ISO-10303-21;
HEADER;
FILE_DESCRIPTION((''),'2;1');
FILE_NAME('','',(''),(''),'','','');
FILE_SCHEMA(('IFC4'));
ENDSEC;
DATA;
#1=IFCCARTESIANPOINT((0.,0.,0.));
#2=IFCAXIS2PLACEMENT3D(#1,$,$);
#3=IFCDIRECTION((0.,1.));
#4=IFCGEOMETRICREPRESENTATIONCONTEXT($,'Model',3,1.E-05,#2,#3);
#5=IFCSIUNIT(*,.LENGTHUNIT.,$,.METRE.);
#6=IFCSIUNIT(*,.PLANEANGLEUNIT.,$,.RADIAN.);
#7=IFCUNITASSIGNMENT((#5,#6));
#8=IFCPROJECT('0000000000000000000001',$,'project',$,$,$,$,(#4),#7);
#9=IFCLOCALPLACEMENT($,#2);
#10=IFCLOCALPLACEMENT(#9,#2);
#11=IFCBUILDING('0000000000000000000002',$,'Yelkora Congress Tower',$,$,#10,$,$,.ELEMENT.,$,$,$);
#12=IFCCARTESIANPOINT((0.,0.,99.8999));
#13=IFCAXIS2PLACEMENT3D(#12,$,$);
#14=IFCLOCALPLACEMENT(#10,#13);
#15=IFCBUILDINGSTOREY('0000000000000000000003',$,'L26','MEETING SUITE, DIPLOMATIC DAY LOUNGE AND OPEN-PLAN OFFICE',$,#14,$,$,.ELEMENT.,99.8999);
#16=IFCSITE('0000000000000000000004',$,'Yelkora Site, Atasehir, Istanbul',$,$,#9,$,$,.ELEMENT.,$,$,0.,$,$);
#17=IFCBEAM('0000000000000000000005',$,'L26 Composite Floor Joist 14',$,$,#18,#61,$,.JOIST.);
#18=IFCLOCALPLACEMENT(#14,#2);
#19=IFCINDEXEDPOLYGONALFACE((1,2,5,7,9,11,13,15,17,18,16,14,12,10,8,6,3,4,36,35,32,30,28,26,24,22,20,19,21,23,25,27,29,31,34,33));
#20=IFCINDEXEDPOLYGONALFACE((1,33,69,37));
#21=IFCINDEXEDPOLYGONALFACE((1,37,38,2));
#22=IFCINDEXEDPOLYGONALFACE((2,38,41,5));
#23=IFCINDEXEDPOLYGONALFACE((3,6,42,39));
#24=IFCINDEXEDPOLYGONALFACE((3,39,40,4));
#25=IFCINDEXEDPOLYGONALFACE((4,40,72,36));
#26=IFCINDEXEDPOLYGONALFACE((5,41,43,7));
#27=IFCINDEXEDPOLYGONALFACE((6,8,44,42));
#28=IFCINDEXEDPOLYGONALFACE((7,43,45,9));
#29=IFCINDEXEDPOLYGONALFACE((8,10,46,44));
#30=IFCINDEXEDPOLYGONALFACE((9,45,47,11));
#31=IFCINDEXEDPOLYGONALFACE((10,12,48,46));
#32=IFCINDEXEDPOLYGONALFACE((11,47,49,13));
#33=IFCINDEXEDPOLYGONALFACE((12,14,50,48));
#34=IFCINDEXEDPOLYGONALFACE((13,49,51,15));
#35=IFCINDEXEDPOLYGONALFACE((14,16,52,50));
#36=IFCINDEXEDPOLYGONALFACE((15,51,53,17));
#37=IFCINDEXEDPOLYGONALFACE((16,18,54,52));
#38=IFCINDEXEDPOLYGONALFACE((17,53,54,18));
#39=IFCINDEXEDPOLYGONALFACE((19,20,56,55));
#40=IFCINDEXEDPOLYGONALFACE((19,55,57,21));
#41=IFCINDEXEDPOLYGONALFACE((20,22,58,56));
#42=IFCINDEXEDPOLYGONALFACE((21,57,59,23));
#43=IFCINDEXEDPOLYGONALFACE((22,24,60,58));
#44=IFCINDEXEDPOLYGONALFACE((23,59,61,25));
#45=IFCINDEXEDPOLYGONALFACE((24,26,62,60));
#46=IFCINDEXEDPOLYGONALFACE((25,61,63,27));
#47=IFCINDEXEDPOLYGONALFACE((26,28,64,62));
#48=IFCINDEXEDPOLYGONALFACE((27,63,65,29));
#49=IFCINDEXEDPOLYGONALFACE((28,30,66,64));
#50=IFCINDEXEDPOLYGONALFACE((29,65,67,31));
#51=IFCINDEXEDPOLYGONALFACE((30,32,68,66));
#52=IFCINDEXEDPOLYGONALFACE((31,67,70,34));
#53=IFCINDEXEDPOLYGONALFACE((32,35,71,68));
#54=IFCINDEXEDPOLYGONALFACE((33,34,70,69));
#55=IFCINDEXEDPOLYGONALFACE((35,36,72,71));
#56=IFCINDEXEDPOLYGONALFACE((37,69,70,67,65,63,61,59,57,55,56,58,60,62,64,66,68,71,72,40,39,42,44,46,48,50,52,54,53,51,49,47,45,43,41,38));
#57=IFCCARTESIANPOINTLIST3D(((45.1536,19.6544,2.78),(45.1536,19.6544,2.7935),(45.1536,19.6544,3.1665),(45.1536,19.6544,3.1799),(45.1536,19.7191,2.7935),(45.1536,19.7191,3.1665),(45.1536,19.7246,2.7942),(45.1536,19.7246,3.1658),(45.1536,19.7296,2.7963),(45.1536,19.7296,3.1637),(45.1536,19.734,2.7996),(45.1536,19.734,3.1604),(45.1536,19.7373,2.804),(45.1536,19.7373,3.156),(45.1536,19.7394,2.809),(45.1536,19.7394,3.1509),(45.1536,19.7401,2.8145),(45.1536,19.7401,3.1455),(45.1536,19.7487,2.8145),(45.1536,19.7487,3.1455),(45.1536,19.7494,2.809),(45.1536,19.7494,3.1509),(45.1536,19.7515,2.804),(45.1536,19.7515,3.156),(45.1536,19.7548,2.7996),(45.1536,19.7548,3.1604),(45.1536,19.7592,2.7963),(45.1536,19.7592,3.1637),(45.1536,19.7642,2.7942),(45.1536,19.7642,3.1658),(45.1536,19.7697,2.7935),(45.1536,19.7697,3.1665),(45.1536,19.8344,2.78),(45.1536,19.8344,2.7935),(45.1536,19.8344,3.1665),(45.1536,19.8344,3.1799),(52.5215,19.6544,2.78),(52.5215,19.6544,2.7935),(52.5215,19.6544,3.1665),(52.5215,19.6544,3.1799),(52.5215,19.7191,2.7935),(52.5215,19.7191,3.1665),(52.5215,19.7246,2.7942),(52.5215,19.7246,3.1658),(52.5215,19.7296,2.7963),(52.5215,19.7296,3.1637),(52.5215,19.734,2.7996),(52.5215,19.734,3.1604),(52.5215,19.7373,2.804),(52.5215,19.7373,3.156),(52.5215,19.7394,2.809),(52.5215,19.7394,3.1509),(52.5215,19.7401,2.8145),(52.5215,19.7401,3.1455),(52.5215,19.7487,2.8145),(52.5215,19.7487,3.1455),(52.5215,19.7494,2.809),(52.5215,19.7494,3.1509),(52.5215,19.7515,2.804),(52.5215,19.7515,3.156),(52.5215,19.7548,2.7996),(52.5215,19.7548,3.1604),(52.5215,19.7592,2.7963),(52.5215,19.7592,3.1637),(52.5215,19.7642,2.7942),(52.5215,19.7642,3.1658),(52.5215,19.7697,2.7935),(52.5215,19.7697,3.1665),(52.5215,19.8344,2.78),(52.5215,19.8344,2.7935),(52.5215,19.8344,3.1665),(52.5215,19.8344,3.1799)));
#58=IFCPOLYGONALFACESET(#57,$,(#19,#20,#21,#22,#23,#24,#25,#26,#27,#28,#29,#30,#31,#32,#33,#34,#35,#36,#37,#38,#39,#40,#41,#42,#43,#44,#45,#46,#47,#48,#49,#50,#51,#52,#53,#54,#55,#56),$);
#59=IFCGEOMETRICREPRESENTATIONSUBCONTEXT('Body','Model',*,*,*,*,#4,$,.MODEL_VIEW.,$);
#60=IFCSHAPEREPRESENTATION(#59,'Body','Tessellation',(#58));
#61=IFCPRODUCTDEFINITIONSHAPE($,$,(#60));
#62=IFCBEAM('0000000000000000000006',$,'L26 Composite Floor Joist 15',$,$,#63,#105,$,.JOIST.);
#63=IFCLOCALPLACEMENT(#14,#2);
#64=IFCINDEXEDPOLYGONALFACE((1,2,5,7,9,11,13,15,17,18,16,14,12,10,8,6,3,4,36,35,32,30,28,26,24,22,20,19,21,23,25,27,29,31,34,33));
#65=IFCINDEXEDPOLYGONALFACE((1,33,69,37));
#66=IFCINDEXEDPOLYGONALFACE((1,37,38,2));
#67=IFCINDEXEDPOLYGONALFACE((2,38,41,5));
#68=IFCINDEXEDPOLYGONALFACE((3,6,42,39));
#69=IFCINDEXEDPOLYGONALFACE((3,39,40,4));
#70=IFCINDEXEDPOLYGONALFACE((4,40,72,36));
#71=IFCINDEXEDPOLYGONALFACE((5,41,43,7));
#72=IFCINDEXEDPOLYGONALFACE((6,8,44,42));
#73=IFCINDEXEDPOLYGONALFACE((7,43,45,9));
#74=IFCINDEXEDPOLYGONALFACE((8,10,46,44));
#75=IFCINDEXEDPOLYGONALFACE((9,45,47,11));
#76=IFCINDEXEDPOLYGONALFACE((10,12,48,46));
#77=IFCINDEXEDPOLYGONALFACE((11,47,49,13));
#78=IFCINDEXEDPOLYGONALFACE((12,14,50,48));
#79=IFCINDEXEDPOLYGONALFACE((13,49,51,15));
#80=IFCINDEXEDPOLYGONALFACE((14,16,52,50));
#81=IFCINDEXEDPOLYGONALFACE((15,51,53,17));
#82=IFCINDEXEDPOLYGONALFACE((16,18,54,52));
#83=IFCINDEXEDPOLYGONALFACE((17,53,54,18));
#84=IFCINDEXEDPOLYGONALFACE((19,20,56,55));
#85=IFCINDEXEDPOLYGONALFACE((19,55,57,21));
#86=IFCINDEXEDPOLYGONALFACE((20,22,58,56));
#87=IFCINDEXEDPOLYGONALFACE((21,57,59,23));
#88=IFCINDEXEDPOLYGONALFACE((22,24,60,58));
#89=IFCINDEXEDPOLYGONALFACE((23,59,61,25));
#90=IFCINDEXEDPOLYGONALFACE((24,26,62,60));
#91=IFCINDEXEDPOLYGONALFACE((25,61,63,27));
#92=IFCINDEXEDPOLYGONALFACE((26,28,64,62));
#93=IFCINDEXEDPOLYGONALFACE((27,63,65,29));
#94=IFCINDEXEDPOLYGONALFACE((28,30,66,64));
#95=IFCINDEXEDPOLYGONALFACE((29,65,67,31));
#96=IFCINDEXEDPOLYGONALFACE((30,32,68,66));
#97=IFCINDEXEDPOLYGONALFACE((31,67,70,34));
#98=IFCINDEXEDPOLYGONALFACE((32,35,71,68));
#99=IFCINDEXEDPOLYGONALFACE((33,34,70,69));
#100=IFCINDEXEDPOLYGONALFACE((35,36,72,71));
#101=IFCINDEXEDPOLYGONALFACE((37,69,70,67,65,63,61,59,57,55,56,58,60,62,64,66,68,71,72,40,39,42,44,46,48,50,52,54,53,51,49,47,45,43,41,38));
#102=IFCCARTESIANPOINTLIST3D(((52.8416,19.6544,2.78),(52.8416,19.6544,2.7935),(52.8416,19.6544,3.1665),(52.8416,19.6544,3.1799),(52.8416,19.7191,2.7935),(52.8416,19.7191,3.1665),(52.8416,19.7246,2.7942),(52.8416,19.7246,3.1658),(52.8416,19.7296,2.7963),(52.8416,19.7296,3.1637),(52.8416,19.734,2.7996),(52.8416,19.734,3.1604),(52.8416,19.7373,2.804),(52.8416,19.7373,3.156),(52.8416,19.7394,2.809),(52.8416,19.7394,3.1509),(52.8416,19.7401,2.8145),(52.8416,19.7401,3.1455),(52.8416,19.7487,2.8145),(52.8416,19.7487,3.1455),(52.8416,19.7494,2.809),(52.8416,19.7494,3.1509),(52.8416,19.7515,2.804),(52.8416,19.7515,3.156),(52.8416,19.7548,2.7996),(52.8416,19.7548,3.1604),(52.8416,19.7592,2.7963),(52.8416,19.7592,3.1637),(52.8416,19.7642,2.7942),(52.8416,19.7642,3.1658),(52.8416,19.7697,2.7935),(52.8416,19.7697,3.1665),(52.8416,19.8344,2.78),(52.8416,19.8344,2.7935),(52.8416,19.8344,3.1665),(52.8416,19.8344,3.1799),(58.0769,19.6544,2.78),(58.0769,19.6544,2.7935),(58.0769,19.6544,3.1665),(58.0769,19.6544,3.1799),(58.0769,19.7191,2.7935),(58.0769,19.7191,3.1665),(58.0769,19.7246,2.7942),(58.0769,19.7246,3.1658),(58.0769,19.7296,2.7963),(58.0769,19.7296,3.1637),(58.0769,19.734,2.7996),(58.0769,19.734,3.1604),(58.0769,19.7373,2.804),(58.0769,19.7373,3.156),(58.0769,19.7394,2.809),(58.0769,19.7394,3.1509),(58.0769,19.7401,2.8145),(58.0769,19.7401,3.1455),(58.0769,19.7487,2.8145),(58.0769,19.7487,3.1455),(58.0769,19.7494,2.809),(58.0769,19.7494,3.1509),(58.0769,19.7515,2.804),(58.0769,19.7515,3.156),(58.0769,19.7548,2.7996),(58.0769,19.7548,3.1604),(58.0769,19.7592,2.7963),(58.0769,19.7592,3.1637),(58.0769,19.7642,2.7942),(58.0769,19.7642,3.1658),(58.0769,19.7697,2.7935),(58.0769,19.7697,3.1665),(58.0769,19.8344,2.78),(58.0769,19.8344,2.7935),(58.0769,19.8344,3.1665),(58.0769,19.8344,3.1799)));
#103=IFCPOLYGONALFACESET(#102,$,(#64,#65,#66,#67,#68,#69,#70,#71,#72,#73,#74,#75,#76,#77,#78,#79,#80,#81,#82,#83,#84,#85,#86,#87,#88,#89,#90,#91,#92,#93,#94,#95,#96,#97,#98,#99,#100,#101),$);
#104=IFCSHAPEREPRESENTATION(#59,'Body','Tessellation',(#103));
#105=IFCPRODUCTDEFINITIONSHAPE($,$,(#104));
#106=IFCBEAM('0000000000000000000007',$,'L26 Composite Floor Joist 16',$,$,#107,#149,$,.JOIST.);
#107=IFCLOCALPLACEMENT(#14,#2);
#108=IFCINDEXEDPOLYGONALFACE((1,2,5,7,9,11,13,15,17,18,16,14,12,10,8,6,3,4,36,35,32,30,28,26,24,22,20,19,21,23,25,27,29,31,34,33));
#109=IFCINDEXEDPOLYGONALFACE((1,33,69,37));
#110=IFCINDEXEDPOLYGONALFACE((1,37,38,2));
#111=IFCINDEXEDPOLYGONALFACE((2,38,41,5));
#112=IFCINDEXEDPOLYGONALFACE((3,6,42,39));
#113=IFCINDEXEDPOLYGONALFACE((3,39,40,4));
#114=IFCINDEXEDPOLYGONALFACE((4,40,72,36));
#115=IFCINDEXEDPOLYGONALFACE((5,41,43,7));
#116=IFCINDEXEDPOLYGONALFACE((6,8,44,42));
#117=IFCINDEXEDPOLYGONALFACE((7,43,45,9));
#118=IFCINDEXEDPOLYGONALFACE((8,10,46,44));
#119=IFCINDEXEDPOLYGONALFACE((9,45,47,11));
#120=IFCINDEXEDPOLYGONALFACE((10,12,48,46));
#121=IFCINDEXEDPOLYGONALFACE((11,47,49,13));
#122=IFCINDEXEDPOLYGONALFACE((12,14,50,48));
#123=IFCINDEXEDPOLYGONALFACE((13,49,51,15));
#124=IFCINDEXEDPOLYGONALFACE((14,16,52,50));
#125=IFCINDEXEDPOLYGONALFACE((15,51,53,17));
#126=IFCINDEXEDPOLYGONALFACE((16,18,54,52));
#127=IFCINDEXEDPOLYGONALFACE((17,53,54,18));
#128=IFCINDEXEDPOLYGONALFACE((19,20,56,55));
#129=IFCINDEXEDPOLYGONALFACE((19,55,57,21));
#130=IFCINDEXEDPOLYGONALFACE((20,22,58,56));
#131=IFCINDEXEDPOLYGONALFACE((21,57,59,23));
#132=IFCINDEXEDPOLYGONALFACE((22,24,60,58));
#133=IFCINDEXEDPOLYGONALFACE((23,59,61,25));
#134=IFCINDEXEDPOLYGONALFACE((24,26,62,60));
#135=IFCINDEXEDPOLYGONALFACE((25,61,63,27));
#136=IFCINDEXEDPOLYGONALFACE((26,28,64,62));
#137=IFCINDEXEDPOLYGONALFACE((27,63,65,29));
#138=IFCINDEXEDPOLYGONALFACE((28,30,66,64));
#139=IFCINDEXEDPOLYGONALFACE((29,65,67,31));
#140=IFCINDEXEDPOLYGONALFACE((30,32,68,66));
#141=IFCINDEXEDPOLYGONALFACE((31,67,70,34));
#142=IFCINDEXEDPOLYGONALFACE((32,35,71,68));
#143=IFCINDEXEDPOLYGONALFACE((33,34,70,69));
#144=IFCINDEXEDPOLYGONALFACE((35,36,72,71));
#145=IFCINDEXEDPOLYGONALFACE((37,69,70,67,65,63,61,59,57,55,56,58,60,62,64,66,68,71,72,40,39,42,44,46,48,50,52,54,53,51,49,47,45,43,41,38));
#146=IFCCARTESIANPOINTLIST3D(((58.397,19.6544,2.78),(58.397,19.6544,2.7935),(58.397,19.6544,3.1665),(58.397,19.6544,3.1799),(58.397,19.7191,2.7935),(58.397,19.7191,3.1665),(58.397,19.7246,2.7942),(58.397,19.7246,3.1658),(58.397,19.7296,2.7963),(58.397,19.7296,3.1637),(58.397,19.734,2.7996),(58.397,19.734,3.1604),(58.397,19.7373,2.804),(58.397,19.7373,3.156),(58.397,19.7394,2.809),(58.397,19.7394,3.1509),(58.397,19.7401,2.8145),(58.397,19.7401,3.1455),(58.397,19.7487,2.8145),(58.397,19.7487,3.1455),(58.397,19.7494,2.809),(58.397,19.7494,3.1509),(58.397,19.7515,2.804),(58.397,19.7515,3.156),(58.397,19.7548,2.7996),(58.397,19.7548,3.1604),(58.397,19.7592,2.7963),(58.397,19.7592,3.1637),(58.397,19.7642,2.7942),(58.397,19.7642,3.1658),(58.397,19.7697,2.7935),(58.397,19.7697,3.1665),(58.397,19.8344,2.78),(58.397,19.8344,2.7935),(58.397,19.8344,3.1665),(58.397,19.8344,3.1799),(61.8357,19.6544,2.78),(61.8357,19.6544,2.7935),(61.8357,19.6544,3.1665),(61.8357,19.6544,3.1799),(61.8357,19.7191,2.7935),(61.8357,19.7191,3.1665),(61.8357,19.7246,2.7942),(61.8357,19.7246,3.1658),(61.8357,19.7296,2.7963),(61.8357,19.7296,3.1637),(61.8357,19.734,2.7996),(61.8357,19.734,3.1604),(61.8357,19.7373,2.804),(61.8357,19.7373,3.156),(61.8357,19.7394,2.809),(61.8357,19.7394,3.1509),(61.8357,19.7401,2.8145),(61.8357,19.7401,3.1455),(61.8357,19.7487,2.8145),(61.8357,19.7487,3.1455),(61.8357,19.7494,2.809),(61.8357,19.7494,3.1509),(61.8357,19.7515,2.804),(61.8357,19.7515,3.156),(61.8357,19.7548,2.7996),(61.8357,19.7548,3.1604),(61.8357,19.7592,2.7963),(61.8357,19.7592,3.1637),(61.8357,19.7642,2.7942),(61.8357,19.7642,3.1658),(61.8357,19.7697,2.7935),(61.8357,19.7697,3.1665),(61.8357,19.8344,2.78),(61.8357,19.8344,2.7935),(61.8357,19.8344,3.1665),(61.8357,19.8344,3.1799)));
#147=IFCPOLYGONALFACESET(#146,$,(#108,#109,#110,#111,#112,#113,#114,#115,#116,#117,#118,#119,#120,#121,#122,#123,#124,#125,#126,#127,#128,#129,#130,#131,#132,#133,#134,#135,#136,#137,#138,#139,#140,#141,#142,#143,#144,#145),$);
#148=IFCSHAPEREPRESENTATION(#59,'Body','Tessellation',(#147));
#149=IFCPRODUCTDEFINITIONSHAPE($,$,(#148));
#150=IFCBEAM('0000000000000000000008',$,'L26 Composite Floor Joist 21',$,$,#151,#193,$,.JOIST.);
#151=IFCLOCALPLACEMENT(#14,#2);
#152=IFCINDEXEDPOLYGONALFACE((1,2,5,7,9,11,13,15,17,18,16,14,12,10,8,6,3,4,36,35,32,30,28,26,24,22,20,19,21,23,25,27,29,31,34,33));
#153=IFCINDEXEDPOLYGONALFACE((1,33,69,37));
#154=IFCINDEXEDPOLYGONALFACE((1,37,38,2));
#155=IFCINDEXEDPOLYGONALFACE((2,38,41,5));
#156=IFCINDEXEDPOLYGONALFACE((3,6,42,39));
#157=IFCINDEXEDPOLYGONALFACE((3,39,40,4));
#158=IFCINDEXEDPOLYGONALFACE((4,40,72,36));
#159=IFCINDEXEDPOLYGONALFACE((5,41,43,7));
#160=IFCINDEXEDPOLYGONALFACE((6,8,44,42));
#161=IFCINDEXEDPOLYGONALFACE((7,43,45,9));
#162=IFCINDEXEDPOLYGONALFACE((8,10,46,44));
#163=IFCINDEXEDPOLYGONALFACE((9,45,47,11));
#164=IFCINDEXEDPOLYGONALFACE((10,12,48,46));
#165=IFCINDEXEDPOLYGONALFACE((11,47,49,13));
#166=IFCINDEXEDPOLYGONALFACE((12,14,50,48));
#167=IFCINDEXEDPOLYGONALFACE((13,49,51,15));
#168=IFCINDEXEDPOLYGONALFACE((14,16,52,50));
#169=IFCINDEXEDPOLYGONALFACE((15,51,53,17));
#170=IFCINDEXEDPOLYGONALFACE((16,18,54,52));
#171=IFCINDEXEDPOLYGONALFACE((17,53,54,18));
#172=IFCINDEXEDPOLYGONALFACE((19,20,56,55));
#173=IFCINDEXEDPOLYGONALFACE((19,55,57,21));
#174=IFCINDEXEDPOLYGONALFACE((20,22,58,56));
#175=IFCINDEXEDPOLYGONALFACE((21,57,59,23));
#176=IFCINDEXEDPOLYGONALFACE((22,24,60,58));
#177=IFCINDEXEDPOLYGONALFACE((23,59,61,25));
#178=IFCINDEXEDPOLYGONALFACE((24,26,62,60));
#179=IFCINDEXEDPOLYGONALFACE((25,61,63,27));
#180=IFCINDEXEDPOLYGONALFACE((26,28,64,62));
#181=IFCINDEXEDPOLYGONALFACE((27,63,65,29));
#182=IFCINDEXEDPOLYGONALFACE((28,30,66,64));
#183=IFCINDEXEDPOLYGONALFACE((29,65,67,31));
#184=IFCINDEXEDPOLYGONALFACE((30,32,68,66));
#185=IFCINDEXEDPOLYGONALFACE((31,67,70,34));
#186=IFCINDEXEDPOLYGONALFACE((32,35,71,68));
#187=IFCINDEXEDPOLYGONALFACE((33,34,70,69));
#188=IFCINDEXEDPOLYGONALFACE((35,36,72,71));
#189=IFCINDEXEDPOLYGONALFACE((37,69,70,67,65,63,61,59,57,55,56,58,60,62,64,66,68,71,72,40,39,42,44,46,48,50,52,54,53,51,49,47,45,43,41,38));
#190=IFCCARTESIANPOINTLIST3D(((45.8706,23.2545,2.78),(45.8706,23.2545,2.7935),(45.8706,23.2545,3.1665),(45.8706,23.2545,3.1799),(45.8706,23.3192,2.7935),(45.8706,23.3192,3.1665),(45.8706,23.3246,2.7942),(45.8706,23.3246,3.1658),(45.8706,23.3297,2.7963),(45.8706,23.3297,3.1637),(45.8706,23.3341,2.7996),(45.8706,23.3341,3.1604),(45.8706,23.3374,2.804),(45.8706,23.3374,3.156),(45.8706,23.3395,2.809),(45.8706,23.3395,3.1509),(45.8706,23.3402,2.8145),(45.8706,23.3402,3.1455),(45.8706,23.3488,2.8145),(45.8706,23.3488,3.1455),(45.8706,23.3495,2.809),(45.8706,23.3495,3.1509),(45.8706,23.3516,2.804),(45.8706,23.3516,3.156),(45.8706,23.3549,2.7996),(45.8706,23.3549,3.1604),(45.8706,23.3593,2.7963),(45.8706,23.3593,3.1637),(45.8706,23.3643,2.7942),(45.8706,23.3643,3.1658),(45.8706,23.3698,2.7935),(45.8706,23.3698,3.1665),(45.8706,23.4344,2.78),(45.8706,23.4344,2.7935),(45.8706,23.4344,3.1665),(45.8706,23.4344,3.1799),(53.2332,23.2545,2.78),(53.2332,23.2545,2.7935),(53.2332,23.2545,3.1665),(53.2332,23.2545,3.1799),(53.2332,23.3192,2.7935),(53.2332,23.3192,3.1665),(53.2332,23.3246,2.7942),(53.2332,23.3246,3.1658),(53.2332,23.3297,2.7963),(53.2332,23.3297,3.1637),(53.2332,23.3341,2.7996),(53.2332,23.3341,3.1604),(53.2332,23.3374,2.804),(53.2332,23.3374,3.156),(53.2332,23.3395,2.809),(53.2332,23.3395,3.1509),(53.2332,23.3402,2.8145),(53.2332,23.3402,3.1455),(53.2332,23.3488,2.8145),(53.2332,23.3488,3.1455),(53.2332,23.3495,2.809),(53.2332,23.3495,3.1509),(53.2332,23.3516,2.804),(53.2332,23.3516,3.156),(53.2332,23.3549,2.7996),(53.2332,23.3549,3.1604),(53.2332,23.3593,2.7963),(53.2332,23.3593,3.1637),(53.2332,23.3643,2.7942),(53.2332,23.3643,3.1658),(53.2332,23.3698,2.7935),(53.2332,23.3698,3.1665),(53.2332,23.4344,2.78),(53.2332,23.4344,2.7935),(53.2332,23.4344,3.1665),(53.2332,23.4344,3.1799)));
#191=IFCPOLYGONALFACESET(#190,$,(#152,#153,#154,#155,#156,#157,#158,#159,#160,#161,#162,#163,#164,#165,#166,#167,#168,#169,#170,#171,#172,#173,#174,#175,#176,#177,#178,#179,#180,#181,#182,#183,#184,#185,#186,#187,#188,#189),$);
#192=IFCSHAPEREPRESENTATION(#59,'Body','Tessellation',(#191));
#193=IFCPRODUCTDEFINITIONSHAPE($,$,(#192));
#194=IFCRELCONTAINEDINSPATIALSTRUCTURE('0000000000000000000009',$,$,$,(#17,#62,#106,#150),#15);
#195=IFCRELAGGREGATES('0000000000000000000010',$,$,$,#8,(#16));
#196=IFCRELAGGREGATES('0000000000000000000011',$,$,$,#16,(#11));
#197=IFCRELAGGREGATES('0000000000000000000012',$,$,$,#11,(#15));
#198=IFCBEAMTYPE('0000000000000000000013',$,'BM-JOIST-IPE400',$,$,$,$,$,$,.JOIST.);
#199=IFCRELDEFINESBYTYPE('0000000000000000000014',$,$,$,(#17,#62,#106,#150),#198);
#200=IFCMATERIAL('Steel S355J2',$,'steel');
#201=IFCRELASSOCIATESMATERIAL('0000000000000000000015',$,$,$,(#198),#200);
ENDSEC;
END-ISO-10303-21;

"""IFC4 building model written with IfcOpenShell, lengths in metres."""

from ifc_helpers import new_model, si_unit, direction, frame, origin, origin_2d, place, context, subcontext, project, spatial, i_section, extrude, material, material_profile, profile_set, type_object, element, save


model = new_model("IFC4")

# Units and contexts
model_context = context("Model", 3, precision=1e-05, world=origin(), true_north=direction((0.0, 1.0)))
body_context = subcontext(model_context, "Body", "Model", "MODEL_VIEW")
ifc_project = project(units=[si_unit("LENGTHUNIT", "METRE"), si_unit("PLANEANGLEUNIT", "RADIAN")], contexts=[model_context])

# Site, building, storey
site_placement = place(None, origin())
site = spatial("IfcSite", under=ifc_project, at=site_placement, Name="Yelkora Site, Atasehir, Istanbul", CompositionType="ELEMENT", RefElevation=0.0)
building_placement = place(site_placement, origin())
building = spatial("IfcBuilding", under=site, at=building_placement, Name="Yelkora Congress Tower", CompositionType="ELEMENT")
storey_placement = place(building_placement, frame((0.0, 0.0, 99.8999)))
storey = spatial("IfcBuildingStorey", under=building, at=storey_placement, Name="L26", Description="MEETING SUITE, DIPLOMATIC DAY LOUNGE AND OPEN-PLAN OFFICE", CompositionType="ELEMENT", Elevation=99.8999)

# Beams
ifc_material_1 = material(Name="Steel S355J2", Category="steel")
ifc_material_profile_1 = material_profile(ifc_material_1, i_section(OverallWidth=0.1799, OverallDepth=0.3999, WebThickness=0.0085, FlangeThickness=0.0134, FilletRadius=0.021, at=origin_2d()), Name="IPE 400")
ifc_profile_set_1 = profile_set([ifc_material_profile_1], Name="Steel S355J2")
beam_type_1 = type_object("IfcBeamType", Name="BM-JOIST-IPE400", PredefinedType="JOIST", material=ifc_profile_set_1)
beam_1_placement = place(storey_placement, frame((45.1536, 19.7444, 2.98), z_axis=(1.0, 0.0, 0.0), x_axis=(0.0, 1.0, 0.0)))
element("IfcBeam", 1, at=beam_1_placement, inside=storey, type_object=beam_type_1, Name="L26 Composite Floor Joist 14", PredefinedType="JOIST", context=body_context, shape_type="SweptSolid", body=[
    extrude(i_section(OverallWidth=0.1799, OverallDepth=0.3999, WebThickness=0.0085, FlangeThickness=0.0134, FilletRadius=0.021, at=origin_2d()), origin(), (0.0, 0.0, 1.0), 7.3679),
])
beam_2_placement = place(storey_placement, frame((52.8416, 19.7444, 2.98), z_axis=(1.0, 0.0, 0.0), x_axis=(0.0, 1.0, 0.0)))
element("IfcBeam", 2, at=beam_2_placement, inside=storey, type_object=beam_type_1, Name="L26 Composite Floor Joist 15", PredefinedType="JOIST", context=body_context, shape_type="SweptSolid", body=[
    extrude(i_section(OverallWidth=0.1799, OverallDepth=0.3999, WebThickness=0.0085, FlangeThickness=0.0134, FilletRadius=0.021, at=origin_2d()), origin(), (0.0, 0.0, 1.0), 5.2354),
])
beam_3_placement = place(storey_placement, frame((58.397, 19.7444, 2.98), z_axis=(1.0, 0.0, 0.0), x_axis=(0.0, 1.0, 0.0)))
element("IfcBeam", 3, at=beam_3_placement, inside=storey, type_object=beam_type_1, Name="L26 Composite Floor Joist 16", PredefinedType="JOIST", context=body_context, shape_type="SweptSolid", body=[
    extrude(i_section(OverallWidth=0.1799, OverallDepth=0.3999, WebThickness=0.0085, FlangeThickness=0.0134, FilletRadius=0.021, at=origin_2d()), origin(), (0.0, 0.0, 1.0), 3.4387),
])
beam_4_placement = place(storey_placement, frame((45.8706, 23.3445, 2.98), z_axis=(1.0, 0.0, 0.0), x_axis=(0.0, 1.0, 0.0)))
element("IfcBeam", 4, at=beam_4_placement, inside=storey, type_object=beam_type_1, Name="L26 Composite Floor Joist 21", PredefinedType="JOIST", context=body_context, shape_type="SweptSolid", body=[
    extrude(i_section(OverallWidth=0.1799, OverallDepth=0.3999, WebThickness=0.0085, FlangeThickness=0.0134, FilletRadius=0.021, at=origin_2d()), origin(), (0.0, 0.0, 1.0), 7.3625),
])

save(model, "model.ifc")
